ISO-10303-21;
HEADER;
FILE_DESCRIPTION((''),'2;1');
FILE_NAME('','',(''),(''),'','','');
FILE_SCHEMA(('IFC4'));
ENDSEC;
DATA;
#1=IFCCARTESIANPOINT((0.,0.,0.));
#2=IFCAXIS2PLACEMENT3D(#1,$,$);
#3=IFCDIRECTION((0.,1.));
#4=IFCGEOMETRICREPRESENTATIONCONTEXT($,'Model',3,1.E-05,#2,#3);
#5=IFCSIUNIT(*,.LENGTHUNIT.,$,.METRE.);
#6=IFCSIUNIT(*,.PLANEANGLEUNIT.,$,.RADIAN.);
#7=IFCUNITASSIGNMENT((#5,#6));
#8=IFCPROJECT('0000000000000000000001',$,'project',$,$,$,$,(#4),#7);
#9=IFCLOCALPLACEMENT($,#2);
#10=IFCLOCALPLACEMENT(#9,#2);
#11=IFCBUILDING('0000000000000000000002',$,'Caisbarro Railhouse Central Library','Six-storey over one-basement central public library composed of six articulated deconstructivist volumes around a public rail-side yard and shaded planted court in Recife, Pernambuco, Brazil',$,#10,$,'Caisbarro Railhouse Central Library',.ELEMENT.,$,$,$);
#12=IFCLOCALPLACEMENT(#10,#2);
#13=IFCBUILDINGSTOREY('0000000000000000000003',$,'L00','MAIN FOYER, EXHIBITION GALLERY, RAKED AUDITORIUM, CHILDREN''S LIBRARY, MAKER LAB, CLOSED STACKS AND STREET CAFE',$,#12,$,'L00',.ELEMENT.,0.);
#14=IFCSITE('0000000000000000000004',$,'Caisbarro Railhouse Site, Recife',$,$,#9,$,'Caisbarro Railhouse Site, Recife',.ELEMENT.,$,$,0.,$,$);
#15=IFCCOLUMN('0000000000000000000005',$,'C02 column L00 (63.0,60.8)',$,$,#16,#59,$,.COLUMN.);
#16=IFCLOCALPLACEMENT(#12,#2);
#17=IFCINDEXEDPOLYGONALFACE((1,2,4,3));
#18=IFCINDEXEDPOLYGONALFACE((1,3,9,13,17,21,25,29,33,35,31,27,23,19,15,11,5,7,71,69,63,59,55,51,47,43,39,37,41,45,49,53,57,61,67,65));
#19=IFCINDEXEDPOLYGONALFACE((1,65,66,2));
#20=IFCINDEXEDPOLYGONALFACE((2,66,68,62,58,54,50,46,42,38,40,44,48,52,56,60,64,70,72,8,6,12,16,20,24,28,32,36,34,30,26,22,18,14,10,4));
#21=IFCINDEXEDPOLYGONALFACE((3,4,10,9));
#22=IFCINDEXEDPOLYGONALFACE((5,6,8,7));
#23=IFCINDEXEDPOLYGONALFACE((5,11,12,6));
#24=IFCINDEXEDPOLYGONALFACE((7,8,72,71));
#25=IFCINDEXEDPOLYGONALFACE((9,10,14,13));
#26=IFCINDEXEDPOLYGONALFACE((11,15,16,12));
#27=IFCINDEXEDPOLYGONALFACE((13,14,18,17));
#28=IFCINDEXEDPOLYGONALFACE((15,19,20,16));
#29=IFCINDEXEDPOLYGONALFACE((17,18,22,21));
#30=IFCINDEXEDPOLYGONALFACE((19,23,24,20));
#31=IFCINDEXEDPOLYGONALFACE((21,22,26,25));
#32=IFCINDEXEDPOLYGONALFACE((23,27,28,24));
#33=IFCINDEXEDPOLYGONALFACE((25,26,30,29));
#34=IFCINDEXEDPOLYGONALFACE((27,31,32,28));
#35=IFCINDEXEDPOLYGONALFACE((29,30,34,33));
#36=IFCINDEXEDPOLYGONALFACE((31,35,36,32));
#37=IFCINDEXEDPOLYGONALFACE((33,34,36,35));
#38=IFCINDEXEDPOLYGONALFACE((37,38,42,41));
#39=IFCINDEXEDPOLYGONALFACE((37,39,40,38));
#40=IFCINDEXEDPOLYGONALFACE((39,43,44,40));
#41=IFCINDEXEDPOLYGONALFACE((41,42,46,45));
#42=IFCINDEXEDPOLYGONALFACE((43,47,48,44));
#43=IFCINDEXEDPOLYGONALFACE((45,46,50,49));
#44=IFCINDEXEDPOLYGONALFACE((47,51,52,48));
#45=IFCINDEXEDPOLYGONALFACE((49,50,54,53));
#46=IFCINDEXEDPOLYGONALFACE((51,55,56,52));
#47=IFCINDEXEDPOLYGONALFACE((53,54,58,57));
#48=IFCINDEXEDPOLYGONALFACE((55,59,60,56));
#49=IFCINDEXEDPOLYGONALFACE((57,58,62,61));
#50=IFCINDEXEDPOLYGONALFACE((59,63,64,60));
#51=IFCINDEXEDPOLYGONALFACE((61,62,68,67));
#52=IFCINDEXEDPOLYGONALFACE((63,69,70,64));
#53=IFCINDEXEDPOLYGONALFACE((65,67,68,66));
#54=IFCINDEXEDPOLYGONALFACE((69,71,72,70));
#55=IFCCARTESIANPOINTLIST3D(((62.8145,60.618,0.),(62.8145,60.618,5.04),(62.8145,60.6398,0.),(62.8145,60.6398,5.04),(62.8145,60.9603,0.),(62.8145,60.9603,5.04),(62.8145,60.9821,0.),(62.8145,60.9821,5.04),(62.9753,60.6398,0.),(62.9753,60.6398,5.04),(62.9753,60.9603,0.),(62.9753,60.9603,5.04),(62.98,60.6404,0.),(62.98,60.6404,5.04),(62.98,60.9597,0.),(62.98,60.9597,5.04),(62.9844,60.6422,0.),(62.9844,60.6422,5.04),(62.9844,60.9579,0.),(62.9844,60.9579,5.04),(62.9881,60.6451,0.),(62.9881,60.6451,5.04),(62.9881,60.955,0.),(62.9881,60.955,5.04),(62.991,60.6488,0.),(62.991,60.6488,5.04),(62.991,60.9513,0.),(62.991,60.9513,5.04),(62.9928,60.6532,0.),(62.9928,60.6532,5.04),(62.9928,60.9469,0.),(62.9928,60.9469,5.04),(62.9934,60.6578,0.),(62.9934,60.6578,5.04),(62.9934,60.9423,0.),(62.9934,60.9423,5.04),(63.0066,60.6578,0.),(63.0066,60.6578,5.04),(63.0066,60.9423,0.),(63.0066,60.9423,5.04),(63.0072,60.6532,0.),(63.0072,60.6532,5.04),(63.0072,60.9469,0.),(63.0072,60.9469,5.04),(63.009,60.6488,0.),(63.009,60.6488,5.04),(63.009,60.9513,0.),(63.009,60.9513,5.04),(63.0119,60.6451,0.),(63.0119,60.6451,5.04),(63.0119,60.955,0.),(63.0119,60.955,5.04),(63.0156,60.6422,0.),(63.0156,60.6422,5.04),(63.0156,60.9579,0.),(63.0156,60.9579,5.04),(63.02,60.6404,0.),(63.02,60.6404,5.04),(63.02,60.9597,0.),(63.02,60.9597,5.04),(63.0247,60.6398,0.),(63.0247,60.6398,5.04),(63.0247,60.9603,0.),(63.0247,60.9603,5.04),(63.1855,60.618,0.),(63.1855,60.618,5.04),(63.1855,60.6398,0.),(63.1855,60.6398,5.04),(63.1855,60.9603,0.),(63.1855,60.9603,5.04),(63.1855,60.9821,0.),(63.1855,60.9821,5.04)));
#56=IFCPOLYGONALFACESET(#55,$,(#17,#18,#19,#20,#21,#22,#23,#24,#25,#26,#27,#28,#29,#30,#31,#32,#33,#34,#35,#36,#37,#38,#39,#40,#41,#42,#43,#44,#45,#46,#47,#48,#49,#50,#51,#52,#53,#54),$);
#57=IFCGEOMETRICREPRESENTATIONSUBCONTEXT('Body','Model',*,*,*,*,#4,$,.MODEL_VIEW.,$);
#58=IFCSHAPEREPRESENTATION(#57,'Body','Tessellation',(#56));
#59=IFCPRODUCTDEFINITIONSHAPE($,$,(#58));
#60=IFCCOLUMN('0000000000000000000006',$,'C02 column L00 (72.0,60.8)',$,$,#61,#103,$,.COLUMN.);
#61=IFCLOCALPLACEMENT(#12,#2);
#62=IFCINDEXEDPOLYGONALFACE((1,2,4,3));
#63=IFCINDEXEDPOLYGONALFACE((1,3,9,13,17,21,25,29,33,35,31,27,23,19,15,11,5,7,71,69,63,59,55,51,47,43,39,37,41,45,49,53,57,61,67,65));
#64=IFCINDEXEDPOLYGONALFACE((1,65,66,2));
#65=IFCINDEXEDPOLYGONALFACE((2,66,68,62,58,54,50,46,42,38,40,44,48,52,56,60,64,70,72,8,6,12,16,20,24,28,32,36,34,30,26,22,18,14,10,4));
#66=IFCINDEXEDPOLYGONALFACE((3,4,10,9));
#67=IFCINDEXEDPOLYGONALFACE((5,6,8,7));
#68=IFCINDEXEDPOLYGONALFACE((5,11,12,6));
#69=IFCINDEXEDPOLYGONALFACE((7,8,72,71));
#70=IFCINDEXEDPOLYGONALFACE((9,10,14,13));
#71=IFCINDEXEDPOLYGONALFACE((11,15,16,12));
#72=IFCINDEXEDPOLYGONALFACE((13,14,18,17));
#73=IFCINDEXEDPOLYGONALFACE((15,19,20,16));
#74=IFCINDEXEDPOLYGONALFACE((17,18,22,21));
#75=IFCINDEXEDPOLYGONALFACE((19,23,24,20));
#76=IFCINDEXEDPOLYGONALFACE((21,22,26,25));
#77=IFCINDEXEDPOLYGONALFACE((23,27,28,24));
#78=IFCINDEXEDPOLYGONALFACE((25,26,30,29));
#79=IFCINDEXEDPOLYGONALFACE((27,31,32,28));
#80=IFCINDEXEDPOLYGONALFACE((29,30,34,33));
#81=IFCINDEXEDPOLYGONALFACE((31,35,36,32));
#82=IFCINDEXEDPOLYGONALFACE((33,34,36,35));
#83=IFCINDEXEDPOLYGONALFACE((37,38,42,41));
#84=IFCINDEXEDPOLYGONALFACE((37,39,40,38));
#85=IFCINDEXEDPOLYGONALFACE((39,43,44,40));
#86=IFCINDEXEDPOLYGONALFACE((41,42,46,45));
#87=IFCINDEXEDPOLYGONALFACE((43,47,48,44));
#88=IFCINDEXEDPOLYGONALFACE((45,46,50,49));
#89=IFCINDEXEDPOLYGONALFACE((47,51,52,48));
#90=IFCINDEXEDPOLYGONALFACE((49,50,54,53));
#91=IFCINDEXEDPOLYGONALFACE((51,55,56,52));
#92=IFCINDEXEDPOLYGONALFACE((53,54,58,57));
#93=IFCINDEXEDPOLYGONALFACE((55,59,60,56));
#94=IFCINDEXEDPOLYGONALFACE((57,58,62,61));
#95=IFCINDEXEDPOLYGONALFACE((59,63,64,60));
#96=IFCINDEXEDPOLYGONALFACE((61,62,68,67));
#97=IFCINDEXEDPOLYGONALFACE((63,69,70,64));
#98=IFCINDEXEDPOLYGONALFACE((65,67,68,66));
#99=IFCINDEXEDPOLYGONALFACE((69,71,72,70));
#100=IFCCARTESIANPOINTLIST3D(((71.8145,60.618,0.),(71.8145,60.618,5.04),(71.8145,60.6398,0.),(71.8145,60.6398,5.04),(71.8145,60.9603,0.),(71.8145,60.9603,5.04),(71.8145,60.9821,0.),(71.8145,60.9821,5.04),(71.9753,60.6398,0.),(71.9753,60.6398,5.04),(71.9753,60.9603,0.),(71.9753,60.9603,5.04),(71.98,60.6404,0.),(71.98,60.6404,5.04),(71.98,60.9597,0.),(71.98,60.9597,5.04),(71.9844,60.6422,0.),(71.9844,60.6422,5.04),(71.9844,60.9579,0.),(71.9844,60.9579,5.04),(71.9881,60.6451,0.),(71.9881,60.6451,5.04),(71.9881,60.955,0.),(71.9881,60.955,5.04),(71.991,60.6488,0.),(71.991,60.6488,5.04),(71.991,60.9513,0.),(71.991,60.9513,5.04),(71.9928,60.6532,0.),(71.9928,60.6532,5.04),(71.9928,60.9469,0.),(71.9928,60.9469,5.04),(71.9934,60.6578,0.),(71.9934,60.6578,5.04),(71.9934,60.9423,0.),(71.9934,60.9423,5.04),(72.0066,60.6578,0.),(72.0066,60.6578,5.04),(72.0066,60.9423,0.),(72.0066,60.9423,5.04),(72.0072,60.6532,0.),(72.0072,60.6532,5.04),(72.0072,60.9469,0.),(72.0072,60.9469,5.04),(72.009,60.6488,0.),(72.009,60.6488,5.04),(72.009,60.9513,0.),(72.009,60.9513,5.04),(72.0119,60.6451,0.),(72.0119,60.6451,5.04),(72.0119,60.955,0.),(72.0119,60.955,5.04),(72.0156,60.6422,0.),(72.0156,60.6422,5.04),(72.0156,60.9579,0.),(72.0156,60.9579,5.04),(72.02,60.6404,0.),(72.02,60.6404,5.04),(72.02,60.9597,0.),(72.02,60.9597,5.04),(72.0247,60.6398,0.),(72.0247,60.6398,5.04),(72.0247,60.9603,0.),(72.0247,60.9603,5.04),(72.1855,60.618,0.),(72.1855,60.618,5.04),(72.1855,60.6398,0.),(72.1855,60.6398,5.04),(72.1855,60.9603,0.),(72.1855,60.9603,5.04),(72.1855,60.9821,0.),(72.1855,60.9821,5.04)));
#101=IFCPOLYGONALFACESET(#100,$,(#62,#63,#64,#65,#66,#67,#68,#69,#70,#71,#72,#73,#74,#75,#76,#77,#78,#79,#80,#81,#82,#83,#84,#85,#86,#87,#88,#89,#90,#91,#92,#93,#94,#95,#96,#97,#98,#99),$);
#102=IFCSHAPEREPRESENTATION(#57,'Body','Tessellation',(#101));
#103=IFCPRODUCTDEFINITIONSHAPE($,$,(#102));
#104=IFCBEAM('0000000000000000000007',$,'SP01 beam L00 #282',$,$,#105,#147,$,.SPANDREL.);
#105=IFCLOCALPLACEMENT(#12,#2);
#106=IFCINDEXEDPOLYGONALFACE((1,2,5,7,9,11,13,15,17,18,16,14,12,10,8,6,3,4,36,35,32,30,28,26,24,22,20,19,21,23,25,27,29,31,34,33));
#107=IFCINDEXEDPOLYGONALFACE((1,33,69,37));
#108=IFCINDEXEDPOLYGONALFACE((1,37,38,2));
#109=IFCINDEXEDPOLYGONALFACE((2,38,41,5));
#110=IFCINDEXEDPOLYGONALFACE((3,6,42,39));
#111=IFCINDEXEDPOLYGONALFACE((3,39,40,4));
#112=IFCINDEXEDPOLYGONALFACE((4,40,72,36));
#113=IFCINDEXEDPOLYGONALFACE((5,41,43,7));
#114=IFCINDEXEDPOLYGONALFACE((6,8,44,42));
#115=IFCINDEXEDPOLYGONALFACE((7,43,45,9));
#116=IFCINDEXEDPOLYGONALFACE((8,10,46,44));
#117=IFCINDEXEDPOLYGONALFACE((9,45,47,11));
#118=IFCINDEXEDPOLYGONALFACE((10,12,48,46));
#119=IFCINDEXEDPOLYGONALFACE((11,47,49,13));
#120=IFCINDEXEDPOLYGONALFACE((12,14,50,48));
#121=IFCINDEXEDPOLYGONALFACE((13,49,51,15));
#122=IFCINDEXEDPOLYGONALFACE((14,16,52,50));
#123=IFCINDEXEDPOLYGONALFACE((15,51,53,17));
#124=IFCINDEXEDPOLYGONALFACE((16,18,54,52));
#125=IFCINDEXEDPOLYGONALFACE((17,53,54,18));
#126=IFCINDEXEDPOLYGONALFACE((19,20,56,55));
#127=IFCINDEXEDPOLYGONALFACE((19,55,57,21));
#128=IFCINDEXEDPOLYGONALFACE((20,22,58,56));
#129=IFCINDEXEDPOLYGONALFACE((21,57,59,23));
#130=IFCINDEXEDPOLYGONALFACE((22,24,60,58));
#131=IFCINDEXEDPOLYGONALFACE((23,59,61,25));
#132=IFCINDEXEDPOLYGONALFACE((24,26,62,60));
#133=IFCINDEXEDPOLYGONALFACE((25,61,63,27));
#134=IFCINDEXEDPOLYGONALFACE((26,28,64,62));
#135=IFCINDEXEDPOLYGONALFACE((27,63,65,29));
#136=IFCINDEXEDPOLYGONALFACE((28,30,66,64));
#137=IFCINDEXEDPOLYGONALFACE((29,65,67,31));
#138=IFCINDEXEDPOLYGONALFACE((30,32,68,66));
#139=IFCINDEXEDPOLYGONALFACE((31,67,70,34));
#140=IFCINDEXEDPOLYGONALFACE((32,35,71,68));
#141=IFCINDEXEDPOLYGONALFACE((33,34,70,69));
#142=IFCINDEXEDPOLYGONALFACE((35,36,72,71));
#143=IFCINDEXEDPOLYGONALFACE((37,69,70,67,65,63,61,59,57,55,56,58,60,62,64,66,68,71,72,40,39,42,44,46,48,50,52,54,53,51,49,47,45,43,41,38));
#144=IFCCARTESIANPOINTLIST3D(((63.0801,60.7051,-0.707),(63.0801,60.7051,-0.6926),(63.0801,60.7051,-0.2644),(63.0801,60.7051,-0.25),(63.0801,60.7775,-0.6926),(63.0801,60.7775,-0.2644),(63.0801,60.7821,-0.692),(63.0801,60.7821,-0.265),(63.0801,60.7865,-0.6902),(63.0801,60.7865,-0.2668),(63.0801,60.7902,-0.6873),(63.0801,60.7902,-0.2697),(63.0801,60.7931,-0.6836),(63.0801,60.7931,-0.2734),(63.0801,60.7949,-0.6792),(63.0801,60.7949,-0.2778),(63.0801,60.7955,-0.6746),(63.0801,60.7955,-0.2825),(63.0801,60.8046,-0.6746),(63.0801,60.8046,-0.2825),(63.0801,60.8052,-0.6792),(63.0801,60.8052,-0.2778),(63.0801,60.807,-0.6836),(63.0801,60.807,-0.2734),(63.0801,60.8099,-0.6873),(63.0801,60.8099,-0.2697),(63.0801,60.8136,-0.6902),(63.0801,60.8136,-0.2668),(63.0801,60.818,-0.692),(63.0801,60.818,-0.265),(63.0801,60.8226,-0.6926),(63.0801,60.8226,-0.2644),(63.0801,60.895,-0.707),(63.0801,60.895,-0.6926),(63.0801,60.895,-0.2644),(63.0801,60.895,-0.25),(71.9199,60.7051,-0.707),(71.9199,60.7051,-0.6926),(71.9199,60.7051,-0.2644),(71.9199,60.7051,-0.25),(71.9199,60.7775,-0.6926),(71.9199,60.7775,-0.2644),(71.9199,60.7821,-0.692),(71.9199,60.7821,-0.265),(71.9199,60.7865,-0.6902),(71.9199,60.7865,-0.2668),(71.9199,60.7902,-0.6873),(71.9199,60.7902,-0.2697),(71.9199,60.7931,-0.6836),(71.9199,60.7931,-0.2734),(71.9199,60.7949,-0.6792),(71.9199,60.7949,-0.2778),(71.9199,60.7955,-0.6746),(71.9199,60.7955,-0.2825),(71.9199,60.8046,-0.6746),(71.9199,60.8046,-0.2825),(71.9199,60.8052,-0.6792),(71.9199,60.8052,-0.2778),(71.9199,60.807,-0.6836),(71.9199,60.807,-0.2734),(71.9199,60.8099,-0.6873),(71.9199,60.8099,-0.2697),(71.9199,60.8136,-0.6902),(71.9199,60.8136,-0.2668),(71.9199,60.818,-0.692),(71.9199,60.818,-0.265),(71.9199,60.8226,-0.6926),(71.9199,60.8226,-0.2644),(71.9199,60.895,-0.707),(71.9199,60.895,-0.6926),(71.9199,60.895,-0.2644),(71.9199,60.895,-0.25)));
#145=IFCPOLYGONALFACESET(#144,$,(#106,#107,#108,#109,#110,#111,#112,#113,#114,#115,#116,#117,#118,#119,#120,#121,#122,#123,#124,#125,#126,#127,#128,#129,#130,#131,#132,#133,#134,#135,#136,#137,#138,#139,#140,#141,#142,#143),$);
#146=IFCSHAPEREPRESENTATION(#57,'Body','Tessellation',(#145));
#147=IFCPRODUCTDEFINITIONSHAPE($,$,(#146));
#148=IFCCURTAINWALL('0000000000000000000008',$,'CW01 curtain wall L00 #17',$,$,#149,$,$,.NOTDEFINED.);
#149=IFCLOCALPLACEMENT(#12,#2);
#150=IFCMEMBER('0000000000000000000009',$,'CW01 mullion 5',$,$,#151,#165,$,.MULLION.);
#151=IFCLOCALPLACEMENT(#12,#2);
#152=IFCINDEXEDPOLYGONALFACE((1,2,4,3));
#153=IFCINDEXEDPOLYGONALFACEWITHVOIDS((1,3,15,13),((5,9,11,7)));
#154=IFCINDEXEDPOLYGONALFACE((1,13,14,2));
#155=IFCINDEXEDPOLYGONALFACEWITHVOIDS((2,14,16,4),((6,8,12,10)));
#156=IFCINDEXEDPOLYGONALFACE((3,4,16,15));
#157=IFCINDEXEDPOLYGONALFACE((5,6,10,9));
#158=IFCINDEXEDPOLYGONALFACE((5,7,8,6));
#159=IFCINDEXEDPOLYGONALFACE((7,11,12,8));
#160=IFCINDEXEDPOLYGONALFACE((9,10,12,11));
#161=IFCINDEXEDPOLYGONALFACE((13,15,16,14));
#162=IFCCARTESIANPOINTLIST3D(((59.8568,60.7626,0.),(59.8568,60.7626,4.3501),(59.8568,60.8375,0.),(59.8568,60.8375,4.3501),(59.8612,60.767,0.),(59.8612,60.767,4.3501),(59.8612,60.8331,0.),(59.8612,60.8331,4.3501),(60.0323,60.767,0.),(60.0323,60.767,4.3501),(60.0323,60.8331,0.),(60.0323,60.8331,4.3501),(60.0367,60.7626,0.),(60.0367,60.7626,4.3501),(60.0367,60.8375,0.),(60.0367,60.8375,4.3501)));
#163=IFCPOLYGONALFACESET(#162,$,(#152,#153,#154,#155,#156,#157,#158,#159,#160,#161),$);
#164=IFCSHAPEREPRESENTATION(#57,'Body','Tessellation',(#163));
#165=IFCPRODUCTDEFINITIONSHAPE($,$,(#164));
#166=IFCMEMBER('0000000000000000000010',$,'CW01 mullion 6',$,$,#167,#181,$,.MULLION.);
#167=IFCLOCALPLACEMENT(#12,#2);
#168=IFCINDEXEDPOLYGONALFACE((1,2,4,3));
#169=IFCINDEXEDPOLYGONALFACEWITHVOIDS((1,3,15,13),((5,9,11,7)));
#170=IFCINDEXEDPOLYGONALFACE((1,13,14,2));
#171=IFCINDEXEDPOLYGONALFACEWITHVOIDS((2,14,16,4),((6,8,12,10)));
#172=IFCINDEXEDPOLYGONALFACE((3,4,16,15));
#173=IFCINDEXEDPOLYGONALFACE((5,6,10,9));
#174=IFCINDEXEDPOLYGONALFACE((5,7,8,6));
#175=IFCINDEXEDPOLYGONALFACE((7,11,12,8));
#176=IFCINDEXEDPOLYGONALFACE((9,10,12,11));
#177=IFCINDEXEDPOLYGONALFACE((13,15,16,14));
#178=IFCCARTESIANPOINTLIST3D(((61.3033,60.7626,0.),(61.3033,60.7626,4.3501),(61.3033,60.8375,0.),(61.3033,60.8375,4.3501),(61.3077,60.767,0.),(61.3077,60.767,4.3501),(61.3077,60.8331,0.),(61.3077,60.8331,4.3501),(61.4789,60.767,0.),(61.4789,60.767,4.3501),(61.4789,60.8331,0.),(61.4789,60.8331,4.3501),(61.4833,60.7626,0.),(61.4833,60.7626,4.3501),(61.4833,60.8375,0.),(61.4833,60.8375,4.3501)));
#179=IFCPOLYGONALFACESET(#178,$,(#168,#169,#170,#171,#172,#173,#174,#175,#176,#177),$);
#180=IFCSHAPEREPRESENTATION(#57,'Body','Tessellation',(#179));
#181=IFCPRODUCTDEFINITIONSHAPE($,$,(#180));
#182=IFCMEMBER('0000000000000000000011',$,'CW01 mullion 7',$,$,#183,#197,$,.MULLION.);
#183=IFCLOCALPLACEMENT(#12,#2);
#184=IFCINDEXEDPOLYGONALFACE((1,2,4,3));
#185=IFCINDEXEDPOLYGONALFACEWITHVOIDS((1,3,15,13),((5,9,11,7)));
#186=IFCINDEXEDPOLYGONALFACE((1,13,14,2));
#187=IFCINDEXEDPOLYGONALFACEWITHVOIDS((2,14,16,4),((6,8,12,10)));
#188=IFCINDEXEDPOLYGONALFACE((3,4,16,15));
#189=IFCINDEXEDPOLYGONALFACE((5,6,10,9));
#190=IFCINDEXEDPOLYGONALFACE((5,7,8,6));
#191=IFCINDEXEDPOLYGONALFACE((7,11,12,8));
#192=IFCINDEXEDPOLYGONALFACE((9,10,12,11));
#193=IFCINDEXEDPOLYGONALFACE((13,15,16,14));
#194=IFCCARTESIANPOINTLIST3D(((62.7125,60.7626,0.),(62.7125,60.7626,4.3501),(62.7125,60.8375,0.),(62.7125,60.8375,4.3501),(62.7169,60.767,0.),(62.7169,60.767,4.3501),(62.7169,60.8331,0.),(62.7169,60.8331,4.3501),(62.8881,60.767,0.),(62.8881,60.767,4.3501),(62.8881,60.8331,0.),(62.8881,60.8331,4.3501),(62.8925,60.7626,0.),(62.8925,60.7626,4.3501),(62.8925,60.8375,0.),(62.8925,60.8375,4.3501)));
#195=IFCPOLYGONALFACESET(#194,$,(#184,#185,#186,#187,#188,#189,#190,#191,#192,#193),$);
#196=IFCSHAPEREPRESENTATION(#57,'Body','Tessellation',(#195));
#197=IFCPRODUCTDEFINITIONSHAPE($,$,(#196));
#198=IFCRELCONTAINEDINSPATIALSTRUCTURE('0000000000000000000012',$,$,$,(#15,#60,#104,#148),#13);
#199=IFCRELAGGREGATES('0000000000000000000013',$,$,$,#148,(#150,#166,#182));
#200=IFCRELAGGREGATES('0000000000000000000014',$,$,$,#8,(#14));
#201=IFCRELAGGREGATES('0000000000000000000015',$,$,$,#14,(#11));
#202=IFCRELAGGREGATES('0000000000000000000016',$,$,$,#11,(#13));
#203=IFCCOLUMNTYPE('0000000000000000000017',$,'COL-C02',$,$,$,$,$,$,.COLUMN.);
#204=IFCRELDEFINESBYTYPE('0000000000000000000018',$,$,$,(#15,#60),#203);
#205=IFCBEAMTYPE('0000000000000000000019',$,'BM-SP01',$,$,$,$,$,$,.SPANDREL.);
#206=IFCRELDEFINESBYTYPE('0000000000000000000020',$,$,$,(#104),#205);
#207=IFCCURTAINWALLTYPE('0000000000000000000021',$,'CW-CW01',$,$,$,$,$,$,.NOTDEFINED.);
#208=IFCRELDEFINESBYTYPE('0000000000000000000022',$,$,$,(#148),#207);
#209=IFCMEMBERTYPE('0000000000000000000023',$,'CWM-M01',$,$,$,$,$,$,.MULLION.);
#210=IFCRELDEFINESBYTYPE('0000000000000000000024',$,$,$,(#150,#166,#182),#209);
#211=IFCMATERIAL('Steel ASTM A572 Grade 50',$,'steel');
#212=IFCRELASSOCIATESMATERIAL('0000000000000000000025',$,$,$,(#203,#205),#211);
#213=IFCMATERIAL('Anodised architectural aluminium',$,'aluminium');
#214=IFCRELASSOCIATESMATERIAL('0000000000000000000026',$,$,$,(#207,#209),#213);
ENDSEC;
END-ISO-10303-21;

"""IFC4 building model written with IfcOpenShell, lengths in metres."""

from ifc_helpers import new_model, si_unit, direction, frame, origin, origin_2d, place, context, subcontext, project, spatial, hollow_rectangle, i_section, extrude, material, material_profile, profile_set, type_object, element, aggregate, save


model = new_model("IFC4")

# Units and contexts
model_context = context("Model", 3, precision=1e-05, world=origin(), true_north=direction((0.0, 1.0)))
body_context = subcontext(model_context, "Body", "Model", "MODEL_VIEW")
ifc_project = project(units=[si_unit("LENGTHUNIT", "METRE"), si_unit("PLANEANGLEUNIT", "RADIAN")], contexts=[model_context])

# Site, building, storey
site_placement = place(None, origin())
site = spatial("IfcSite", under=ifc_project, at=site_placement, Name="Caisbarro Railhouse Site, Recife", LongName="Caisbarro Railhouse Site, Recife", CompositionType="ELEMENT", RefElevation=0.0)
building_placement = place(site_placement, origin())
building = spatial("IfcBuilding", under=site, at=building_placement, Name="Caisbarro Railhouse Central Library", Description="Six-storey over one-basement central public library composed of six articulated deconstructivist volumes around a public rail-side yard and shaded planted court in Recife, Pernambuco, Brazil", LongName="Caisbarro Railhouse Central Library", CompositionType="ELEMENT")
storey_placement = place(building_placement, origin())
storey = spatial("IfcBuildingStorey", under=building, at=storey_placement, Name="L00", Description="MAIN FOYER, EXHIBITION GALLERY, RAKED AUDITORIUM, CHILDREN'S LIBRARY, MAKER LAB, CLOSED STACKS AND STREET CAFE", LongName="L00", CompositionType="ELEMENT", Elevation=0.0)

# Columns
ifc_material_1 = material(Name="Steel ASTM A572 Grade 50", Category="steel")
ifc_material_profile_1 = material_profile(ifc_material_1, i_section(OverallWidth=0.3711, OverallDepth=0.364, WebThickness=0.0132, FlangeThickness=0.0217, FilletRadius=0.0181, at=origin_2d()), Name="W360X162.0")
ifc_profile_set_1 = profile_set([ifc_material_profile_1], Name="Steel ASTM A572 Grade 50")
column_type = type_object("IfcColumnType", Name="COL-C02", PredefinedType="COLUMN", material=ifc_profile_set_1)
for number, where, z_axis, x_axis, name in (
    (1, (63.0, 60.8, 0.0), (0.0, 0.0, 1.0), (1.0, 0.0, 0.0), "C02 column L00 (63.0,60.8)"),
    (2, (72.0, 60.8, 0.0), (0.0, 0.0, 1.0), (1.0, 0.0, 0.0), "C02 column L00 (72.0,60.8)"),
):
    element("IfcColumn", number, at=place(storey_placement, frame(where, z_axis=z_axis, x_axis=x_axis)), inside=storey, type_object=column_type, Name=name, PredefinedType="COLUMN", context=body_context, shape_type="SweptSolid", body=[
        extrude(i_section(OverallWidth=0.3711, OverallDepth=0.364, WebThickness=0.0132, FlangeThickness=0.0217, FilletRadius=0.0181, at=origin_2d()), origin(), (0.0, 0.0, 1.0), 5.04),
    ])

# Beam
ifc_material_profile_2 = material_profile(ifc_material_1, i_section(OverallWidth=0.1899, OverallDepth=0.457, WebThickness=0.009, FlangeThickness=0.0144, FilletRadius=0.0181, at=origin_2d()), Name="W460X74.0")
ifc_profile_set_2 = profile_set([ifc_material_profile_2], Name="Steel ASTM A572 Grade 50")
beam_type = type_object("IfcBeamType", Name="BM-SP01", PredefinedType="SPANDREL", material=ifc_profile_set_2)
beam_placement = place(storey_placement, frame((63.0801, 60.8, -0.4785), z_axis=(1.0, 0.0, 0.0), x_axis=(0.0, 1.0, 0.0)))
element("IfcBeam", 3, at=beam_placement, inside=storey, type_object=beam_type, Name="SP01 beam L00 #282", PredefinedType="SPANDREL", context=body_context, shape_type="SweptSolid", body=[
    extrude(i_section(OverallWidth=0.1899, OverallDepth=0.457, WebThickness=0.009, FlangeThickness=0.0144, FilletRadius=0.0181, at=origin_2d()), origin(), (0.0, 0.0, 1.0), 8.8398),
])

# Curtain wall, members
ifc_material_2 = material(Name="Anodised architectural aluminium", Category="aluminium")
curtain_wall_type = type_object("IfcCurtainWallType", Name="CW-CW01", PredefinedType="NOTDEFINED", material=ifc_material_2)
curtain_wall_placement = place(storey_placement, origin())
curtain_wall = element("IfcCurtainWall", 4, at=curtain_wall_placement, inside=storey, type_object=curtain_wall_type, Name="CW01 curtain wall L00 #17", PredefinedType="NOTDEFINED")
ifc_material_profile_3 = material_profile(ifc_material_2, hollow_rectangle(XDim=0.075, YDim=0.1799, WallThickness=0.0044, at=origin_2d()), Name="ALU-MUL-75X180")
ifc_profile_set_3 = profile_set([ifc_material_profile_3], Name="Anodised architectural aluminium")
member_type_1 = type_object("IfcMemberType", Name="CWM-M01", PredefinedType="MULLION", material=ifc_profile_set_3)
member_1_placement = place(storey_placement, frame((59.9468, 60.8, 0.0), z_axis=(0.0, 0.0, 1.0), x_axis=(0.0, 1.0, 0.0)))
member_1 = element("IfcMember", 5, at=member_1_placement, type_object=member_type_1, Name="CW01 mullion 5", PredefinedType="MULLION", context=body_context, shape_type="SweptSolid", body=[
    extrude(hollow_rectangle(XDim=0.075, YDim=0.1799, WallThickness=0.0044, at=origin_2d()), origin(), (0.0, 0.0, 1.0), 4.3501),
])
member_2_placement = place(storey_placement, frame((61.3933, 60.8, 0.0), z_axis=(0.0, 0.0, 1.0), x_axis=(0.0, 1.0, 0.0)))
member_2 = element("IfcMember", 6, at=member_2_placement, type_object=member_type_1, Name="CW01 mullion 6", PredefinedType="MULLION", context=body_context, shape_type="SweptSolid", body=[
    extrude(hollow_rectangle(XDim=0.075, YDim=0.1799, WallThickness=0.0044, at=origin_2d()), origin(), (0.0, 0.0, 1.0), 4.3501),
])
member_3_placement = place(storey_placement, frame((62.8025, 60.8, 0.0), z_axis=(0.0, 0.0, 1.0), x_axis=(0.0, 1.0, 0.0)))
member_3 = element("IfcMember", 7, at=member_3_placement, type_object=member_type_1, Name="CW01 mullion 7", PredefinedType="MULLION", context=body_context, shape_type="SweptSolid", body=[
    extrude(hollow_rectangle(XDim=0.075, YDim=0.1799, WallThickness=0.0044, at=origin_2d()), origin(), (0.0, 0.0, 1.0), 4.3501),
])
aggregate(curtain_wall, [member_1, member_2, member_3])

save(model, "model.ifc")
